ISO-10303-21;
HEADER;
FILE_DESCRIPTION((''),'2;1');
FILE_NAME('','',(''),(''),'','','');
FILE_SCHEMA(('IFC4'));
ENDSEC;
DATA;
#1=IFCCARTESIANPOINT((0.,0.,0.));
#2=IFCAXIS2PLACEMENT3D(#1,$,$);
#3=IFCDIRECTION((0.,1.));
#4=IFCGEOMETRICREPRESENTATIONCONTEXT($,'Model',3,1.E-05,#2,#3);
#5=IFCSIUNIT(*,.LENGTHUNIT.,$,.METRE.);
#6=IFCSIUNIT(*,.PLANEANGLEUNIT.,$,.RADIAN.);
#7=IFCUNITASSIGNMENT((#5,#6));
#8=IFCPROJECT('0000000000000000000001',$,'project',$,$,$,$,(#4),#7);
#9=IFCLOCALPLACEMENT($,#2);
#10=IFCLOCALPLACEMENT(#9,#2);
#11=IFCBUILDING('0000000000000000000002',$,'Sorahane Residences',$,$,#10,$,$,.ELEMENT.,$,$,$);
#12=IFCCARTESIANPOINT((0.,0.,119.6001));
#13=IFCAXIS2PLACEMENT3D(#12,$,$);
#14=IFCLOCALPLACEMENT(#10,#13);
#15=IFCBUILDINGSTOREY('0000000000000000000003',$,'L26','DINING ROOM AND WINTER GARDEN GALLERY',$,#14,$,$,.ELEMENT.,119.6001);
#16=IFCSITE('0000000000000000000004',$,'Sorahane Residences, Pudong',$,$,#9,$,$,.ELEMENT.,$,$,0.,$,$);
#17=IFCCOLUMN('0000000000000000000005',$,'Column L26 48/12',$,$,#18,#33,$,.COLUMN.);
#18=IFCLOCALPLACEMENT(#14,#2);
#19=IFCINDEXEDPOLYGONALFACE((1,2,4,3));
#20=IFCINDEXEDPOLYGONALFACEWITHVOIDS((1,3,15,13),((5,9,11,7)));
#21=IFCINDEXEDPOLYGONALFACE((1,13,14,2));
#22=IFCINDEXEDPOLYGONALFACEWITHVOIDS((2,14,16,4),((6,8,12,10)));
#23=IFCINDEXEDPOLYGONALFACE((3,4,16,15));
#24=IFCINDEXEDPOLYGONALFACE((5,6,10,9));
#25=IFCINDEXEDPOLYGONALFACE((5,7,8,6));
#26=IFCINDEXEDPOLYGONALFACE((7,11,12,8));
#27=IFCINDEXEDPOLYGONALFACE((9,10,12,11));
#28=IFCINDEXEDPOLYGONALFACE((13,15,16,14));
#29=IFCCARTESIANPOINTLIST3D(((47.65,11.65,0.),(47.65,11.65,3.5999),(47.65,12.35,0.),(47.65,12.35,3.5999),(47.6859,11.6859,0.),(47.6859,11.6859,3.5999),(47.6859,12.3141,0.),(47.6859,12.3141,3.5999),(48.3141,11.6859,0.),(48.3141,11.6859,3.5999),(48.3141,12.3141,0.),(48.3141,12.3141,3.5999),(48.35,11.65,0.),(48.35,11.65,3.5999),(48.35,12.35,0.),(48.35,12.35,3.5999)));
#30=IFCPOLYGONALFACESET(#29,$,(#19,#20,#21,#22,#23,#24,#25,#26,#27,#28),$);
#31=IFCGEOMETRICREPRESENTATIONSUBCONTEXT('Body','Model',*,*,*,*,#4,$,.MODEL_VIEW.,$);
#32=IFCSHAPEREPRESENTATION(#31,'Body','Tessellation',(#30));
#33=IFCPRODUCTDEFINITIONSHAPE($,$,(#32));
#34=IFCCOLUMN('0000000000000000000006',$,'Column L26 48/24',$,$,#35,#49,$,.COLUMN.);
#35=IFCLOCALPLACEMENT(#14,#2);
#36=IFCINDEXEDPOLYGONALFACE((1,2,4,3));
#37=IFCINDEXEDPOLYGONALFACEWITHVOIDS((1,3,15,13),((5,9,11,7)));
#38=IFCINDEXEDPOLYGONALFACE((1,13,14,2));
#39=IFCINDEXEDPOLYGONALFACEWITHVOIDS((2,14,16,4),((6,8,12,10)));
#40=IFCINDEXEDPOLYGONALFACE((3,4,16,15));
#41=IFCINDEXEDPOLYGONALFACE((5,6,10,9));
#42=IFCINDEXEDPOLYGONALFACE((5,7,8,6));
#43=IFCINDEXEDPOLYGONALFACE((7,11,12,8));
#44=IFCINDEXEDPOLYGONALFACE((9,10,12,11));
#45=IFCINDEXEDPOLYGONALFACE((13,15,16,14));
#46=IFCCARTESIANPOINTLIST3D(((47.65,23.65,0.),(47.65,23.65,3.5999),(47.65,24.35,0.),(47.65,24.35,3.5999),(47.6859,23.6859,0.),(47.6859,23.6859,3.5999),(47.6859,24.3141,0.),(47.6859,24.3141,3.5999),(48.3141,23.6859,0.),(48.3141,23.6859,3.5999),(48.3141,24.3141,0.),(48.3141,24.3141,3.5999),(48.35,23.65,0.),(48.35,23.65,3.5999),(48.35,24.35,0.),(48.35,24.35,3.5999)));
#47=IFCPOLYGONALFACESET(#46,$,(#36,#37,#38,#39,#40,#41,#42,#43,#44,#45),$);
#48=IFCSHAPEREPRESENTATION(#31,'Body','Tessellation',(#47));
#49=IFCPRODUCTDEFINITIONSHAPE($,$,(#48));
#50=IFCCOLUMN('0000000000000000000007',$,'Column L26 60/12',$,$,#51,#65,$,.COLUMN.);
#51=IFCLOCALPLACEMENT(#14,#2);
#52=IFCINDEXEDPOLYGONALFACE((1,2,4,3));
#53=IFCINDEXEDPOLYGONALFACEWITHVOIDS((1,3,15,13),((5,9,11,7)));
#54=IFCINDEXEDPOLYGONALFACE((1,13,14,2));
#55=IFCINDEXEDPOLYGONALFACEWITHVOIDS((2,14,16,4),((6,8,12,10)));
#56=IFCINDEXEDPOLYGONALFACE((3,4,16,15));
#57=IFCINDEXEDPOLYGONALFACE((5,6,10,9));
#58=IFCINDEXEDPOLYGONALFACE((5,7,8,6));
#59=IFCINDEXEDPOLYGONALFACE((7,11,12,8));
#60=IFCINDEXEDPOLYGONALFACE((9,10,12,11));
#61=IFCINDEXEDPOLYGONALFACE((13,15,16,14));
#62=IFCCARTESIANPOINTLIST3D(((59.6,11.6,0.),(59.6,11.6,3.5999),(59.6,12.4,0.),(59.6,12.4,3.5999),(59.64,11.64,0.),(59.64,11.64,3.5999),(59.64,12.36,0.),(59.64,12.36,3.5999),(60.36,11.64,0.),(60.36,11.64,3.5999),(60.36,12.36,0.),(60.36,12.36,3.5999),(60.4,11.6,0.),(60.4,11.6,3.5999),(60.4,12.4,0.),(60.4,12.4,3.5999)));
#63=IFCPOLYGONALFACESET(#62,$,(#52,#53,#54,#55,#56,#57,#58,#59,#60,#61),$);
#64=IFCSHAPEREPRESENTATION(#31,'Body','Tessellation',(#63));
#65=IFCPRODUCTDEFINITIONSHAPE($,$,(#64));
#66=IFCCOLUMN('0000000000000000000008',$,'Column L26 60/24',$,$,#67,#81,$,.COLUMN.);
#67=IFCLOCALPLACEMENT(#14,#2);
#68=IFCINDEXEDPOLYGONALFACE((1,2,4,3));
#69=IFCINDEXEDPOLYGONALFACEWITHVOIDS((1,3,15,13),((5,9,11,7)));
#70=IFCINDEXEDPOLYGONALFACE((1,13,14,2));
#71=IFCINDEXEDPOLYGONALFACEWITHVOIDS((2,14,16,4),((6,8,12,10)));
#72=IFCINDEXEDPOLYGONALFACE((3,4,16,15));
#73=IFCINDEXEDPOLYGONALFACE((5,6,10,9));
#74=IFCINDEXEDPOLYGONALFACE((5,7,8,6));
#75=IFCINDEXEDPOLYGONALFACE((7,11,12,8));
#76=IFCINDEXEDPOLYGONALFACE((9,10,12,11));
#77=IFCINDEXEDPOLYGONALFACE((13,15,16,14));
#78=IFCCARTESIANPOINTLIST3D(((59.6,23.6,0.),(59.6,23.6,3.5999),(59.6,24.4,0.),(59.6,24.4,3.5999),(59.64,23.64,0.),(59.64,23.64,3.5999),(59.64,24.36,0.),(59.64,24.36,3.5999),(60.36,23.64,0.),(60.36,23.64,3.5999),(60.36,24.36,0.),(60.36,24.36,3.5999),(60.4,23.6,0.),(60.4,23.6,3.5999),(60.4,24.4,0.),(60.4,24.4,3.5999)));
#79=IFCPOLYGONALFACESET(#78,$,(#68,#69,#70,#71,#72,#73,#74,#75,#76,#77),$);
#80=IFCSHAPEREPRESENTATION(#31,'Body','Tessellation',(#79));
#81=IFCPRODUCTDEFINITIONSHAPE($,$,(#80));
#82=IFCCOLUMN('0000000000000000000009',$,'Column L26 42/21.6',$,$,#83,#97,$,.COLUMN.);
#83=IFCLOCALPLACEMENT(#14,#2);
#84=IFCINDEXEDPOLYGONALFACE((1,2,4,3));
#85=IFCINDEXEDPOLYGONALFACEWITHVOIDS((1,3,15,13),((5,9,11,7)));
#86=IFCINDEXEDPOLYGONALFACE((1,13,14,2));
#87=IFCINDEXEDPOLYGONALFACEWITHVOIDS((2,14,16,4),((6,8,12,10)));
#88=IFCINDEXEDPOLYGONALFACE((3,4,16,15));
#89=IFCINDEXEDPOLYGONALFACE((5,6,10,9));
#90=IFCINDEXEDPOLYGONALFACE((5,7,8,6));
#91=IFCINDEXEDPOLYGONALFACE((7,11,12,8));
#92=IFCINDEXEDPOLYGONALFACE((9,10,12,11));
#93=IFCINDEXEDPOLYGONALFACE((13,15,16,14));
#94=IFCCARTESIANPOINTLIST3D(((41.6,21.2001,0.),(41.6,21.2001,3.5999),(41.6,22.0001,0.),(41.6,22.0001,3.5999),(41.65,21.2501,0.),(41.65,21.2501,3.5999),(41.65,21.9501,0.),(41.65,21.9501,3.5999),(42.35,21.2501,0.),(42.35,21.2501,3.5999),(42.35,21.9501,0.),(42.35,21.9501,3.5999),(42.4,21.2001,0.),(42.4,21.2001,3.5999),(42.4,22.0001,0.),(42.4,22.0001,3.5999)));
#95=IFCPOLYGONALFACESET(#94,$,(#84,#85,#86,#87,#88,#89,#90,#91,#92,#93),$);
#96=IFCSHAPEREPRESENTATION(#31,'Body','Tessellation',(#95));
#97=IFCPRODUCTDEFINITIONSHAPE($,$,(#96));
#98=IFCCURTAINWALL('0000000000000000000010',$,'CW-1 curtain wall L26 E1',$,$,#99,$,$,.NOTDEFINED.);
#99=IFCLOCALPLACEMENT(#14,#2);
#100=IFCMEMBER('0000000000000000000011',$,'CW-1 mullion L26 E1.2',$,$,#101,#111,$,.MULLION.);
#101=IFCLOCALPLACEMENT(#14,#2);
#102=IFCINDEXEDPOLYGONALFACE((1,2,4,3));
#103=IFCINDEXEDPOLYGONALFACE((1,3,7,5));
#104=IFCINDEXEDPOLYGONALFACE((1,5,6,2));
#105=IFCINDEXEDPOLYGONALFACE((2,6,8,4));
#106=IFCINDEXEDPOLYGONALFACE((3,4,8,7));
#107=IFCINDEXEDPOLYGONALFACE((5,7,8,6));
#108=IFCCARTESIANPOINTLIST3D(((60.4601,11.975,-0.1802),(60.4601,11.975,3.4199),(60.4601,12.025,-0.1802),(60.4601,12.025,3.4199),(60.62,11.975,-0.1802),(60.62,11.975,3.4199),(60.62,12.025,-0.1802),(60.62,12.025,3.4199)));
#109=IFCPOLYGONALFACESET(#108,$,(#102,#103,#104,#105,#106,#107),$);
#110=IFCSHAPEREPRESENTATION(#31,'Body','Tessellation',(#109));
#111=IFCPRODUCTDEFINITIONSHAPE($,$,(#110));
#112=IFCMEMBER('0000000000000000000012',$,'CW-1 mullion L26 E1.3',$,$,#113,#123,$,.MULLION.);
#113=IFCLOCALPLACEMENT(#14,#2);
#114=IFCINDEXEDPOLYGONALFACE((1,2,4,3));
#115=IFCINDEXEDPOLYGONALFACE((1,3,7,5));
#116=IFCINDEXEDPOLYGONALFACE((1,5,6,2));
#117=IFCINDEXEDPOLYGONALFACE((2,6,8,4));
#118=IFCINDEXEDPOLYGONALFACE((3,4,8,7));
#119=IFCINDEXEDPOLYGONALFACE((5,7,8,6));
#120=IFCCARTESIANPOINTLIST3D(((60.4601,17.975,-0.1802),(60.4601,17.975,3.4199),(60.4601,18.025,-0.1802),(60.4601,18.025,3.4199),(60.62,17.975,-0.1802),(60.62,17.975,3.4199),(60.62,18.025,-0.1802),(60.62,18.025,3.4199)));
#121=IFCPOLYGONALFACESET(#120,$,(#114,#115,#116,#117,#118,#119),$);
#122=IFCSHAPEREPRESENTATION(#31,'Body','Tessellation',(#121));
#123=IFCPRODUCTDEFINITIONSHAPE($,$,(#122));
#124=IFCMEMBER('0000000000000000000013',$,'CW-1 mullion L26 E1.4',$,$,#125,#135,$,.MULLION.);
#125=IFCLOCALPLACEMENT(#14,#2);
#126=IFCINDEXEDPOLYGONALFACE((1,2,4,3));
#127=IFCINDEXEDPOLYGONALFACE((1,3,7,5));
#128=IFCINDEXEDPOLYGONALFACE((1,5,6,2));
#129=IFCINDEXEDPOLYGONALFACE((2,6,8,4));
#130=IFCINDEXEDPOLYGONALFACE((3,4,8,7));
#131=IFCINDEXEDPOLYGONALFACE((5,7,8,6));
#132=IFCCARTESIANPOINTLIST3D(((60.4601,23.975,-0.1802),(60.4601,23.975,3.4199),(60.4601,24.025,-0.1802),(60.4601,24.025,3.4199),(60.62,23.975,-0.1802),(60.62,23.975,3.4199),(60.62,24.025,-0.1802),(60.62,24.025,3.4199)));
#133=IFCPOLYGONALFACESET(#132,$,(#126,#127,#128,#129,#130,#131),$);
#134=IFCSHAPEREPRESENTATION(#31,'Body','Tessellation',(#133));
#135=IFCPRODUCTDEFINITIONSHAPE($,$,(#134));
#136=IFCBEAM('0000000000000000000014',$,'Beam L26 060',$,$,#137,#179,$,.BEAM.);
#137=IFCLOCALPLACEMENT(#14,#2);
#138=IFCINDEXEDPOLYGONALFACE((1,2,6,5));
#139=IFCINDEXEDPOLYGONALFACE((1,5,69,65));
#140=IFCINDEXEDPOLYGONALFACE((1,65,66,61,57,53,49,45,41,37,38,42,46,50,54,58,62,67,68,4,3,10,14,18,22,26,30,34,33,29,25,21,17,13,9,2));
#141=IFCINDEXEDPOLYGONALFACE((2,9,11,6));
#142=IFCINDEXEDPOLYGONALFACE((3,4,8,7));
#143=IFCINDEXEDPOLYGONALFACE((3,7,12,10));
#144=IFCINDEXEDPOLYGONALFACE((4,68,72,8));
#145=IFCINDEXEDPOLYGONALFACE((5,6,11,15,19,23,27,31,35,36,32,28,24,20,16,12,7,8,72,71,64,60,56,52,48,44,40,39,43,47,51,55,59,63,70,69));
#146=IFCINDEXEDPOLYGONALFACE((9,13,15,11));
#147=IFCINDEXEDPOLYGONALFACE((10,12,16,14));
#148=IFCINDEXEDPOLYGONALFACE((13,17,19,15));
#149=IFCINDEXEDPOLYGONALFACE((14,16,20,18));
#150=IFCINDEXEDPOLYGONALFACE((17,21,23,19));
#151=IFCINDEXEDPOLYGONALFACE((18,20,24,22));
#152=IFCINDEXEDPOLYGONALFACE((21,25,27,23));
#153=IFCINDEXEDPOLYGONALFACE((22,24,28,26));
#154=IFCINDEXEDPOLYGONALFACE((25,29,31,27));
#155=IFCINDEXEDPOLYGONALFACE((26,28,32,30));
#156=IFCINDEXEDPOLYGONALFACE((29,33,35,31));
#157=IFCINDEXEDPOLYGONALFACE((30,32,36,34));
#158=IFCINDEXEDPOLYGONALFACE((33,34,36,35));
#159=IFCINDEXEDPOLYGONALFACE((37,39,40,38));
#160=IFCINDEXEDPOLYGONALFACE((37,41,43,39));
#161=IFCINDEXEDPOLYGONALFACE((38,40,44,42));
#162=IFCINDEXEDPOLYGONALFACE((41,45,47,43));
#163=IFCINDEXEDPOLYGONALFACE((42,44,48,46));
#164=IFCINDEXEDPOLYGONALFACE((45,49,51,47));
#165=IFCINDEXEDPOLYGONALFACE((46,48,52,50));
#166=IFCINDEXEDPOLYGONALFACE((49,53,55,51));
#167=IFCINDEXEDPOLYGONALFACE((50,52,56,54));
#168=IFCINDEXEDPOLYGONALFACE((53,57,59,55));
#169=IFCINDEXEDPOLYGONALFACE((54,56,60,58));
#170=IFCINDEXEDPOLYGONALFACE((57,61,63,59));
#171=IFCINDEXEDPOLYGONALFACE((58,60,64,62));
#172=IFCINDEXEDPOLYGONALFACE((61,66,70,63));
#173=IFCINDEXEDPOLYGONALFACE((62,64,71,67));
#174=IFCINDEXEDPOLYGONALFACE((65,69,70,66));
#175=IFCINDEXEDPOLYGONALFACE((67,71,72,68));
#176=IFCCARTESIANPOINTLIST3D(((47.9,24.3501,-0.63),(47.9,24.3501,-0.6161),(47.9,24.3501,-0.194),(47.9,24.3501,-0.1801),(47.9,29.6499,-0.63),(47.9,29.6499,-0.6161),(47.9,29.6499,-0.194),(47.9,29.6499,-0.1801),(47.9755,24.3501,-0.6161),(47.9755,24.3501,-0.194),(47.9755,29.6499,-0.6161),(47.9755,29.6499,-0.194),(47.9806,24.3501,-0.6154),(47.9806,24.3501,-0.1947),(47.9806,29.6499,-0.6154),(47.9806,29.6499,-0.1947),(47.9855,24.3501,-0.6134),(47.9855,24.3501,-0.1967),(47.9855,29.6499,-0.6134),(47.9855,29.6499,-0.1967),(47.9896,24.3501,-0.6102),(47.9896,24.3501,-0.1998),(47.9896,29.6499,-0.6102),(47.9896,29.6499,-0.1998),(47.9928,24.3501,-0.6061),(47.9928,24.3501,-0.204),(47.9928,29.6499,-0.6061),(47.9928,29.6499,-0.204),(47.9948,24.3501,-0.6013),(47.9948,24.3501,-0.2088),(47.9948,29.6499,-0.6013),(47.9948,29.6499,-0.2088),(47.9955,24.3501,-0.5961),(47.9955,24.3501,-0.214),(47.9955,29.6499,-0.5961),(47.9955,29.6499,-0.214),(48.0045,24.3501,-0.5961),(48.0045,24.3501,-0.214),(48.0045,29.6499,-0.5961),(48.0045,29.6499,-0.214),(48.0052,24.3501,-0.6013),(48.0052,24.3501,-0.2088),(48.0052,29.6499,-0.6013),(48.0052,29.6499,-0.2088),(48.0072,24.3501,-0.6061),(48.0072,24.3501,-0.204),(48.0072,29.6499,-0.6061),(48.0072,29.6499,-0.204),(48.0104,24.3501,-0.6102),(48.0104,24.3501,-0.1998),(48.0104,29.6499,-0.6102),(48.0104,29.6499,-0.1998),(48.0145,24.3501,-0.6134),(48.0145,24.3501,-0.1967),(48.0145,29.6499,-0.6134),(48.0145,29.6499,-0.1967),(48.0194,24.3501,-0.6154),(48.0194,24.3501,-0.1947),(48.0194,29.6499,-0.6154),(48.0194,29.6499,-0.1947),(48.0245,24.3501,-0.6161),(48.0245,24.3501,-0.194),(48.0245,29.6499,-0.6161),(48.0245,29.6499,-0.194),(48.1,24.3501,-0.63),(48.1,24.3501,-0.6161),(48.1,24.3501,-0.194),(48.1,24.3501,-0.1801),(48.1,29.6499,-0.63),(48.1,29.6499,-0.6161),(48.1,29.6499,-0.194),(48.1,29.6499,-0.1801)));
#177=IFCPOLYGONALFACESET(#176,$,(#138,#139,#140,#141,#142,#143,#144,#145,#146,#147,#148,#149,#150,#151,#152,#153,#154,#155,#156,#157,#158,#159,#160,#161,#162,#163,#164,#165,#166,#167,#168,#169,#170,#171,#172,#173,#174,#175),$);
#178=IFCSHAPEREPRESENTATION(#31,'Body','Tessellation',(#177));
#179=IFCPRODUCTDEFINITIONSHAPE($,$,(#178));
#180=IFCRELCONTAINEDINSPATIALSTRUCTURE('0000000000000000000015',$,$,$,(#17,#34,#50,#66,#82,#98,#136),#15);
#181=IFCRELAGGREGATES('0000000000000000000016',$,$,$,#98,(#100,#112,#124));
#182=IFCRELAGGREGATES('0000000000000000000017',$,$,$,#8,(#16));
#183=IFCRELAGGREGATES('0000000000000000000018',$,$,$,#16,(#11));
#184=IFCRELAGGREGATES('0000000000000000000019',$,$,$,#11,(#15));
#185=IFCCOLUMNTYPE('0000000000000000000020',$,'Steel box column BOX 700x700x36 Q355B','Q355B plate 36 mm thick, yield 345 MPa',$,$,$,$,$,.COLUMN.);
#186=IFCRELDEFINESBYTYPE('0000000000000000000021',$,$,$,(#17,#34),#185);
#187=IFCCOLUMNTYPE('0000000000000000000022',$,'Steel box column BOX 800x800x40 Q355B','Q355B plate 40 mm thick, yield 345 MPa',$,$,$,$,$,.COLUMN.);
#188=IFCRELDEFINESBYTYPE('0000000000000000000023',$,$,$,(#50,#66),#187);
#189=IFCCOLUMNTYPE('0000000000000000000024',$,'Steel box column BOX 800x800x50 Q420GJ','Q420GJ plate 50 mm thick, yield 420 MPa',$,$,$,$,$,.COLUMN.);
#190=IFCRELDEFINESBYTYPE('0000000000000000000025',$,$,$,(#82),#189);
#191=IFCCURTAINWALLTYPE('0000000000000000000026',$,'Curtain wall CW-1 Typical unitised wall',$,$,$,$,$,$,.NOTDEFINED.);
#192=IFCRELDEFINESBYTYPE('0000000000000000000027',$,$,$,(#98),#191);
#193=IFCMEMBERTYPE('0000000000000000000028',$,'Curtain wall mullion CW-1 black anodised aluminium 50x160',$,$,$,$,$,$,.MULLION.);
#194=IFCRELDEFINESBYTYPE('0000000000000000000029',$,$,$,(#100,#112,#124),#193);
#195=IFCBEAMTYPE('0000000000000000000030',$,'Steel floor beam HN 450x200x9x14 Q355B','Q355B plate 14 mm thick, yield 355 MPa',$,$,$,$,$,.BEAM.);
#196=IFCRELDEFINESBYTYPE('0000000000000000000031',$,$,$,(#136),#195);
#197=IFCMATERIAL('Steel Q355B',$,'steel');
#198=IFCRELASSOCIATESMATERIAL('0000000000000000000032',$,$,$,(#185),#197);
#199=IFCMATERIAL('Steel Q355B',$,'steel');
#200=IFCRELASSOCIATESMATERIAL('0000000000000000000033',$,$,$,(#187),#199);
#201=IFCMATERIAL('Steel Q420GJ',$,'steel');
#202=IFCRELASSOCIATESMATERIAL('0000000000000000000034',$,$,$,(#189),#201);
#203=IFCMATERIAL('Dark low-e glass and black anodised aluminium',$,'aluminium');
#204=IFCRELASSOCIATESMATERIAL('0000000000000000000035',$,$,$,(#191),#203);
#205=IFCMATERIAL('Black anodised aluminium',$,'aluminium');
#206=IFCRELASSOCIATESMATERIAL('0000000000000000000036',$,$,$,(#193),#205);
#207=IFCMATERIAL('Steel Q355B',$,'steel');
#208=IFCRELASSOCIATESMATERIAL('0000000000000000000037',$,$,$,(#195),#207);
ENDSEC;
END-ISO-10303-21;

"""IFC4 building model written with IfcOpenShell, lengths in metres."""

from ifc_helpers import new_model, si_unit, direction, frame, origin, origin_2d, place, context, subcontext, project, spatial, rectangle, hollow_rectangle, i_section, extrude, material, material_profile, profile_set, type_object, element, aggregate, save


model = new_model("IFC4")

# Units and contexts
model_context = context("Model", 3, precision=1e-05, world=origin(), true_north=direction((0.0, 1.0)))
body_context = subcontext(model_context, "Body", "Model", "MODEL_VIEW")
ifc_project = project(units=[si_unit("LENGTHUNIT", "METRE"), si_unit("PLANEANGLEUNIT", "RADIAN")], contexts=[model_context])

# Site, building, storey
site_placement = place(None, origin())
site = spatial("IfcSite", under=ifc_project, at=site_placement, Name="Sorahane Residences, Pudong", CompositionType="ELEMENT", RefElevation=0.0)
building_placement = place(site_placement, origin())
building = spatial("IfcBuilding", under=site, at=building_placement, Name="Sorahane Residences", CompositionType="ELEMENT")
storey_placement = place(building_placement, frame((0.0, 0.0, 119.6001)))
storey = spatial("IfcBuildingStorey", under=building, at=storey_placement, Name="L26", Description="DINING ROOM AND WINTER GARDEN GALLERY", CompositionType="ELEMENT", Elevation=119.6001)

# Columns
ifc_material_1 = material(Name="Steel Q355B", Category="steel")
ifc_material_profile_1 = material_profile(ifc_material_1, hollow_rectangle(XDim=0.7, YDim=0.7, WallThickness=0.0359, at=origin_2d()), Name="BOX 700x700x36")
ifc_profile_set_1 = profile_set([ifc_material_profile_1], Name="Steel Q355B")
column_type_1 = type_object("IfcColumnType", Name="Steel box column BOX 700x700x36 Q355B", Description="Q355B plate 36 mm thick, yield 345 MPa", PredefinedType="COLUMN", material=ifc_profile_set_1)
for number, where, z_axis, x_axis, name in (
    (1, (48.0, 12.0, 0.0), (0.0, 0.0, 1.0), (1.0, 0.0, 0.0), "Column L26 48/12"),
    (2, (48.0, 24.0, 0.0), (0.0, 0.0, 1.0), (1.0, 0.0, 0.0), "Column L26 48/24"),
):
    element("IfcColumn", number, at=place(storey_placement, frame(where, z_axis=z_axis, x_axis=x_axis)), inside=storey, type_object=column_type_1, Name=name, PredefinedType="COLUMN", context=body_context, shape_type="SweptSolid", body=[
        extrude(hollow_rectangle(XDim=0.7, YDim=0.7, WallThickness=0.0359, at=origin_2d()), origin(), (0.0, 0.0, 1.0), 3.5999),
    ])
ifc_material_2 = material(Name="Steel Q355B", Category="steel")
ifc_material_profile_2 = material_profile(ifc_material_2, hollow_rectangle(XDim=0.8, YDim=0.8, WallThickness=0.04, at=origin_2d()), Name="BOX 800x800x40")
ifc_profile_set_2 = profile_set([ifc_material_profile_2], Name="Steel Q355B")
column_type_2 = type_object("IfcColumnType", Name="Steel box column BOX 800x800x40 Q355B", Description="Q355B plate 40 mm thick, yield 345 MPa", PredefinedType="COLUMN", material=ifc_profile_set_2)
for number, where, z_axis, x_axis, name in (
    (3, (60.0, 12.0, 0.0), (0.0, 0.0, 1.0), (1.0, 0.0, 0.0), "Column L26 60/12"),
    (4, (60.0, 24.0, 0.0), (0.0, 0.0, 1.0), (1.0, 0.0, 0.0), "Column L26 60/24"),
):
    element("IfcColumn", number, at=place(storey_placement, frame(where, z_axis=z_axis, x_axis=x_axis)), inside=storey, type_object=column_type_2, Name=name, PredefinedType="COLUMN", context=body_context, shape_type="SweptSolid", body=[
        extrude(hollow_rectangle(XDim=0.8, YDim=0.8, WallThickness=0.04, at=origin_2d()), origin(), (0.0, 0.0, 1.0), 3.5999),
    ])
ifc_material_3 = material(Name="Steel Q420GJ", Category="steel")
ifc_material_profile_3 = material_profile(ifc_material_3, hollow_rectangle(XDim=0.8, YDim=0.8, WallThickness=0.05, at=origin_2d()), Name="BOX 800x800x50")
ifc_profile_set_3 = profile_set([ifc_material_profile_3], Name="Steel Q420GJ")
column_type_3 = type_object("IfcColumnType", Name="Steel box column BOX 800x800x50 Q420GJ", Description="Q420GJ plate 50 mm thick, yield 420 MPa", PredefinedType="COLUMN", material=ifc_profile_set_3)
column_placement = place(storey_placement, frame((42.0, 21.6001, 0.0), z_axis=(0.0, 0.0, 1.0), x_axis=(1.0, 0.0, 0.0)))
element("IfcColumn", 5, at=column_placement, inside=storey, type_object=column_type_3, Name="Column L26 42/21.6", PredefinedType="COLUMN", context=body_context, shape_type="SweptSolid", body=[
    extrude(hollow_rectangle(XDim=0.8, YDim=0.8, WallThickness=0.05, at=origin_2d()), origin(), (0.0, 0.0, 1.0), 3.5999),
])

# Curtain wall, members
ifc_material_4 = material(Name="Dark low-e glass and black anodised aluminium", Category="aluminium")
curtain_wall_type = type_object("IfcCurtainWallType", Name="Curtain wall CW-1 Typical unitised wall", PredefinedType="NOTDEFINED", material=ifc_material_4)
curtain_wall_placement = place(storey_placement, origin())
curtain_wall = element("IfcCurtainWall", 6, at=curtain_wall_placement, inside=storey, type_object=curtain_wall_type, Name="CW-1 curtain wall L26 E1", PredefinedType="NOTDEFINED")
ifc_material_5 = material(Name="Black anodised aluminium", Category="aluminium")
ifc_material_profile_4 = material_profile(ifc_material_5, rectangle(XDim=0.1599, YDim=0.05, at=origin_2d()), Name="Curtain wall mullion CW-1 black anodised aluminium 50x160")
ifc_profile_set_4 = profile_set([ifc_material_profile_4], Name="Black anodised aluminium")
member_type = type_object("IfcMemberType", Name="Curtain wall mullion CW-1 black anodised aluminium 50x160", PredefinedType="MULLION", material=ifc_profile_set_4)
member_1_placement = place(storey_placement, frame((60.54, 12.0, -0.1802), z_axis=(0.0, 0.0, 1.0), x_axis=(1.0, 0.0, 0.0)))
member_1 = element("IfcMember", 7, at=member_1_placement, type_object=member_type, Name="CW-1 mullion L26 E1.2", PredefinedType="MULLION", context=body_context, shape_type="SweptSolid", body=[
    extrude(rectangle(XDim=0.1599, YDim=0.05, at=origin_2d()), origin(), (0.0, 0.0, 1.0), 3.6001),
])
member_2_placement = place(storey_placement, frame((60.54, 18.0, -0.1802), z_axis=(0.0, 0.0, 1.0), x_axis=(1.0, 0.0, 0.0)))
member_2 = element("IfcMember", 8, at=member_2_placement, type_object=member_type, Name="CW-1 mullion L26 E1.3", PredefinedType="MULLION", context=body_context, shape_type="SweptSolid", body=[
    extrude(rectangle(XDim=0.1599, YDim=0.05, at=origin_2d()), origin(), (0.0, 0.0, 1.0), 3.6001),
])
member_3_placement = place(storey_placement, frame((60.54, 24.0, -0.1802), z_axis=(0.0, 0.0, 1.0), x_axis=(1.0, 0.0, 0.0)))
member_3 = element("IfcMember", 9, at=member_3_placement, type_object=member_type, Name="CW-1 mullion L26 E1.4", PredefinedType="MULLION", context=body_context, shape_type="SweptSolid", body=[
    extrude(rectangle(XDim=0.1599, YDim=0.05, at=origin_2d()), origin(), (0.0, 0.0, 1.0), 3.6001),
])

# Beam
ifc_material_6 = material(Name="Steel Q355B", Category="steel")
ifc_material_profile_5 = material_profile(ifc_material_6, i_section(OverallWidth=0.2, OverallDepth=0.45, WebThickness=0.009, FlangeThickness=0.0139, FilletRadius=0.02, at=origin_2d()), Name="HN 450x200x9x14")
ifc_profile_set_5 = profile_set([ifc_material_profile_5], Name="Steel Q355B")
beam_type_1 = type_object("IfcBeamType", Name="Steel floor beam HN 450x200x9x14 Q355B", Description="Q355B plate 14 mm thick, yield 355 MPa", PredefinedType="BEAM", material=ifc_profile_set_5)
beam_1_placement = place(storey_placement, frame((48.0, 24.3501, -0.405), z_axis=(0.0, 1.0, 0.0), x_axis=(-1.0, 0.0, 0.0)))
element("IfcBeam", 10, at=beam_1_placement, inside=storey, type_object=beam_type_1, Name="Beam L26 060", PredefinedType="BEAM", context=body_context, shape_type="SweptSolid", body=[
    extrude(i_section(OverallWidth=0.2, OverallDepth=0.45, WebThickness=0.009, FlangeThickness=0.0139, FilletRadius=0.02, at=origin_2d()), origin(), (0.0, 0.0, 1.0), 5.2998),
])

aggregate(curtain_wall, [member_1, member_2, member_3])

save(model, "model.ifc")
